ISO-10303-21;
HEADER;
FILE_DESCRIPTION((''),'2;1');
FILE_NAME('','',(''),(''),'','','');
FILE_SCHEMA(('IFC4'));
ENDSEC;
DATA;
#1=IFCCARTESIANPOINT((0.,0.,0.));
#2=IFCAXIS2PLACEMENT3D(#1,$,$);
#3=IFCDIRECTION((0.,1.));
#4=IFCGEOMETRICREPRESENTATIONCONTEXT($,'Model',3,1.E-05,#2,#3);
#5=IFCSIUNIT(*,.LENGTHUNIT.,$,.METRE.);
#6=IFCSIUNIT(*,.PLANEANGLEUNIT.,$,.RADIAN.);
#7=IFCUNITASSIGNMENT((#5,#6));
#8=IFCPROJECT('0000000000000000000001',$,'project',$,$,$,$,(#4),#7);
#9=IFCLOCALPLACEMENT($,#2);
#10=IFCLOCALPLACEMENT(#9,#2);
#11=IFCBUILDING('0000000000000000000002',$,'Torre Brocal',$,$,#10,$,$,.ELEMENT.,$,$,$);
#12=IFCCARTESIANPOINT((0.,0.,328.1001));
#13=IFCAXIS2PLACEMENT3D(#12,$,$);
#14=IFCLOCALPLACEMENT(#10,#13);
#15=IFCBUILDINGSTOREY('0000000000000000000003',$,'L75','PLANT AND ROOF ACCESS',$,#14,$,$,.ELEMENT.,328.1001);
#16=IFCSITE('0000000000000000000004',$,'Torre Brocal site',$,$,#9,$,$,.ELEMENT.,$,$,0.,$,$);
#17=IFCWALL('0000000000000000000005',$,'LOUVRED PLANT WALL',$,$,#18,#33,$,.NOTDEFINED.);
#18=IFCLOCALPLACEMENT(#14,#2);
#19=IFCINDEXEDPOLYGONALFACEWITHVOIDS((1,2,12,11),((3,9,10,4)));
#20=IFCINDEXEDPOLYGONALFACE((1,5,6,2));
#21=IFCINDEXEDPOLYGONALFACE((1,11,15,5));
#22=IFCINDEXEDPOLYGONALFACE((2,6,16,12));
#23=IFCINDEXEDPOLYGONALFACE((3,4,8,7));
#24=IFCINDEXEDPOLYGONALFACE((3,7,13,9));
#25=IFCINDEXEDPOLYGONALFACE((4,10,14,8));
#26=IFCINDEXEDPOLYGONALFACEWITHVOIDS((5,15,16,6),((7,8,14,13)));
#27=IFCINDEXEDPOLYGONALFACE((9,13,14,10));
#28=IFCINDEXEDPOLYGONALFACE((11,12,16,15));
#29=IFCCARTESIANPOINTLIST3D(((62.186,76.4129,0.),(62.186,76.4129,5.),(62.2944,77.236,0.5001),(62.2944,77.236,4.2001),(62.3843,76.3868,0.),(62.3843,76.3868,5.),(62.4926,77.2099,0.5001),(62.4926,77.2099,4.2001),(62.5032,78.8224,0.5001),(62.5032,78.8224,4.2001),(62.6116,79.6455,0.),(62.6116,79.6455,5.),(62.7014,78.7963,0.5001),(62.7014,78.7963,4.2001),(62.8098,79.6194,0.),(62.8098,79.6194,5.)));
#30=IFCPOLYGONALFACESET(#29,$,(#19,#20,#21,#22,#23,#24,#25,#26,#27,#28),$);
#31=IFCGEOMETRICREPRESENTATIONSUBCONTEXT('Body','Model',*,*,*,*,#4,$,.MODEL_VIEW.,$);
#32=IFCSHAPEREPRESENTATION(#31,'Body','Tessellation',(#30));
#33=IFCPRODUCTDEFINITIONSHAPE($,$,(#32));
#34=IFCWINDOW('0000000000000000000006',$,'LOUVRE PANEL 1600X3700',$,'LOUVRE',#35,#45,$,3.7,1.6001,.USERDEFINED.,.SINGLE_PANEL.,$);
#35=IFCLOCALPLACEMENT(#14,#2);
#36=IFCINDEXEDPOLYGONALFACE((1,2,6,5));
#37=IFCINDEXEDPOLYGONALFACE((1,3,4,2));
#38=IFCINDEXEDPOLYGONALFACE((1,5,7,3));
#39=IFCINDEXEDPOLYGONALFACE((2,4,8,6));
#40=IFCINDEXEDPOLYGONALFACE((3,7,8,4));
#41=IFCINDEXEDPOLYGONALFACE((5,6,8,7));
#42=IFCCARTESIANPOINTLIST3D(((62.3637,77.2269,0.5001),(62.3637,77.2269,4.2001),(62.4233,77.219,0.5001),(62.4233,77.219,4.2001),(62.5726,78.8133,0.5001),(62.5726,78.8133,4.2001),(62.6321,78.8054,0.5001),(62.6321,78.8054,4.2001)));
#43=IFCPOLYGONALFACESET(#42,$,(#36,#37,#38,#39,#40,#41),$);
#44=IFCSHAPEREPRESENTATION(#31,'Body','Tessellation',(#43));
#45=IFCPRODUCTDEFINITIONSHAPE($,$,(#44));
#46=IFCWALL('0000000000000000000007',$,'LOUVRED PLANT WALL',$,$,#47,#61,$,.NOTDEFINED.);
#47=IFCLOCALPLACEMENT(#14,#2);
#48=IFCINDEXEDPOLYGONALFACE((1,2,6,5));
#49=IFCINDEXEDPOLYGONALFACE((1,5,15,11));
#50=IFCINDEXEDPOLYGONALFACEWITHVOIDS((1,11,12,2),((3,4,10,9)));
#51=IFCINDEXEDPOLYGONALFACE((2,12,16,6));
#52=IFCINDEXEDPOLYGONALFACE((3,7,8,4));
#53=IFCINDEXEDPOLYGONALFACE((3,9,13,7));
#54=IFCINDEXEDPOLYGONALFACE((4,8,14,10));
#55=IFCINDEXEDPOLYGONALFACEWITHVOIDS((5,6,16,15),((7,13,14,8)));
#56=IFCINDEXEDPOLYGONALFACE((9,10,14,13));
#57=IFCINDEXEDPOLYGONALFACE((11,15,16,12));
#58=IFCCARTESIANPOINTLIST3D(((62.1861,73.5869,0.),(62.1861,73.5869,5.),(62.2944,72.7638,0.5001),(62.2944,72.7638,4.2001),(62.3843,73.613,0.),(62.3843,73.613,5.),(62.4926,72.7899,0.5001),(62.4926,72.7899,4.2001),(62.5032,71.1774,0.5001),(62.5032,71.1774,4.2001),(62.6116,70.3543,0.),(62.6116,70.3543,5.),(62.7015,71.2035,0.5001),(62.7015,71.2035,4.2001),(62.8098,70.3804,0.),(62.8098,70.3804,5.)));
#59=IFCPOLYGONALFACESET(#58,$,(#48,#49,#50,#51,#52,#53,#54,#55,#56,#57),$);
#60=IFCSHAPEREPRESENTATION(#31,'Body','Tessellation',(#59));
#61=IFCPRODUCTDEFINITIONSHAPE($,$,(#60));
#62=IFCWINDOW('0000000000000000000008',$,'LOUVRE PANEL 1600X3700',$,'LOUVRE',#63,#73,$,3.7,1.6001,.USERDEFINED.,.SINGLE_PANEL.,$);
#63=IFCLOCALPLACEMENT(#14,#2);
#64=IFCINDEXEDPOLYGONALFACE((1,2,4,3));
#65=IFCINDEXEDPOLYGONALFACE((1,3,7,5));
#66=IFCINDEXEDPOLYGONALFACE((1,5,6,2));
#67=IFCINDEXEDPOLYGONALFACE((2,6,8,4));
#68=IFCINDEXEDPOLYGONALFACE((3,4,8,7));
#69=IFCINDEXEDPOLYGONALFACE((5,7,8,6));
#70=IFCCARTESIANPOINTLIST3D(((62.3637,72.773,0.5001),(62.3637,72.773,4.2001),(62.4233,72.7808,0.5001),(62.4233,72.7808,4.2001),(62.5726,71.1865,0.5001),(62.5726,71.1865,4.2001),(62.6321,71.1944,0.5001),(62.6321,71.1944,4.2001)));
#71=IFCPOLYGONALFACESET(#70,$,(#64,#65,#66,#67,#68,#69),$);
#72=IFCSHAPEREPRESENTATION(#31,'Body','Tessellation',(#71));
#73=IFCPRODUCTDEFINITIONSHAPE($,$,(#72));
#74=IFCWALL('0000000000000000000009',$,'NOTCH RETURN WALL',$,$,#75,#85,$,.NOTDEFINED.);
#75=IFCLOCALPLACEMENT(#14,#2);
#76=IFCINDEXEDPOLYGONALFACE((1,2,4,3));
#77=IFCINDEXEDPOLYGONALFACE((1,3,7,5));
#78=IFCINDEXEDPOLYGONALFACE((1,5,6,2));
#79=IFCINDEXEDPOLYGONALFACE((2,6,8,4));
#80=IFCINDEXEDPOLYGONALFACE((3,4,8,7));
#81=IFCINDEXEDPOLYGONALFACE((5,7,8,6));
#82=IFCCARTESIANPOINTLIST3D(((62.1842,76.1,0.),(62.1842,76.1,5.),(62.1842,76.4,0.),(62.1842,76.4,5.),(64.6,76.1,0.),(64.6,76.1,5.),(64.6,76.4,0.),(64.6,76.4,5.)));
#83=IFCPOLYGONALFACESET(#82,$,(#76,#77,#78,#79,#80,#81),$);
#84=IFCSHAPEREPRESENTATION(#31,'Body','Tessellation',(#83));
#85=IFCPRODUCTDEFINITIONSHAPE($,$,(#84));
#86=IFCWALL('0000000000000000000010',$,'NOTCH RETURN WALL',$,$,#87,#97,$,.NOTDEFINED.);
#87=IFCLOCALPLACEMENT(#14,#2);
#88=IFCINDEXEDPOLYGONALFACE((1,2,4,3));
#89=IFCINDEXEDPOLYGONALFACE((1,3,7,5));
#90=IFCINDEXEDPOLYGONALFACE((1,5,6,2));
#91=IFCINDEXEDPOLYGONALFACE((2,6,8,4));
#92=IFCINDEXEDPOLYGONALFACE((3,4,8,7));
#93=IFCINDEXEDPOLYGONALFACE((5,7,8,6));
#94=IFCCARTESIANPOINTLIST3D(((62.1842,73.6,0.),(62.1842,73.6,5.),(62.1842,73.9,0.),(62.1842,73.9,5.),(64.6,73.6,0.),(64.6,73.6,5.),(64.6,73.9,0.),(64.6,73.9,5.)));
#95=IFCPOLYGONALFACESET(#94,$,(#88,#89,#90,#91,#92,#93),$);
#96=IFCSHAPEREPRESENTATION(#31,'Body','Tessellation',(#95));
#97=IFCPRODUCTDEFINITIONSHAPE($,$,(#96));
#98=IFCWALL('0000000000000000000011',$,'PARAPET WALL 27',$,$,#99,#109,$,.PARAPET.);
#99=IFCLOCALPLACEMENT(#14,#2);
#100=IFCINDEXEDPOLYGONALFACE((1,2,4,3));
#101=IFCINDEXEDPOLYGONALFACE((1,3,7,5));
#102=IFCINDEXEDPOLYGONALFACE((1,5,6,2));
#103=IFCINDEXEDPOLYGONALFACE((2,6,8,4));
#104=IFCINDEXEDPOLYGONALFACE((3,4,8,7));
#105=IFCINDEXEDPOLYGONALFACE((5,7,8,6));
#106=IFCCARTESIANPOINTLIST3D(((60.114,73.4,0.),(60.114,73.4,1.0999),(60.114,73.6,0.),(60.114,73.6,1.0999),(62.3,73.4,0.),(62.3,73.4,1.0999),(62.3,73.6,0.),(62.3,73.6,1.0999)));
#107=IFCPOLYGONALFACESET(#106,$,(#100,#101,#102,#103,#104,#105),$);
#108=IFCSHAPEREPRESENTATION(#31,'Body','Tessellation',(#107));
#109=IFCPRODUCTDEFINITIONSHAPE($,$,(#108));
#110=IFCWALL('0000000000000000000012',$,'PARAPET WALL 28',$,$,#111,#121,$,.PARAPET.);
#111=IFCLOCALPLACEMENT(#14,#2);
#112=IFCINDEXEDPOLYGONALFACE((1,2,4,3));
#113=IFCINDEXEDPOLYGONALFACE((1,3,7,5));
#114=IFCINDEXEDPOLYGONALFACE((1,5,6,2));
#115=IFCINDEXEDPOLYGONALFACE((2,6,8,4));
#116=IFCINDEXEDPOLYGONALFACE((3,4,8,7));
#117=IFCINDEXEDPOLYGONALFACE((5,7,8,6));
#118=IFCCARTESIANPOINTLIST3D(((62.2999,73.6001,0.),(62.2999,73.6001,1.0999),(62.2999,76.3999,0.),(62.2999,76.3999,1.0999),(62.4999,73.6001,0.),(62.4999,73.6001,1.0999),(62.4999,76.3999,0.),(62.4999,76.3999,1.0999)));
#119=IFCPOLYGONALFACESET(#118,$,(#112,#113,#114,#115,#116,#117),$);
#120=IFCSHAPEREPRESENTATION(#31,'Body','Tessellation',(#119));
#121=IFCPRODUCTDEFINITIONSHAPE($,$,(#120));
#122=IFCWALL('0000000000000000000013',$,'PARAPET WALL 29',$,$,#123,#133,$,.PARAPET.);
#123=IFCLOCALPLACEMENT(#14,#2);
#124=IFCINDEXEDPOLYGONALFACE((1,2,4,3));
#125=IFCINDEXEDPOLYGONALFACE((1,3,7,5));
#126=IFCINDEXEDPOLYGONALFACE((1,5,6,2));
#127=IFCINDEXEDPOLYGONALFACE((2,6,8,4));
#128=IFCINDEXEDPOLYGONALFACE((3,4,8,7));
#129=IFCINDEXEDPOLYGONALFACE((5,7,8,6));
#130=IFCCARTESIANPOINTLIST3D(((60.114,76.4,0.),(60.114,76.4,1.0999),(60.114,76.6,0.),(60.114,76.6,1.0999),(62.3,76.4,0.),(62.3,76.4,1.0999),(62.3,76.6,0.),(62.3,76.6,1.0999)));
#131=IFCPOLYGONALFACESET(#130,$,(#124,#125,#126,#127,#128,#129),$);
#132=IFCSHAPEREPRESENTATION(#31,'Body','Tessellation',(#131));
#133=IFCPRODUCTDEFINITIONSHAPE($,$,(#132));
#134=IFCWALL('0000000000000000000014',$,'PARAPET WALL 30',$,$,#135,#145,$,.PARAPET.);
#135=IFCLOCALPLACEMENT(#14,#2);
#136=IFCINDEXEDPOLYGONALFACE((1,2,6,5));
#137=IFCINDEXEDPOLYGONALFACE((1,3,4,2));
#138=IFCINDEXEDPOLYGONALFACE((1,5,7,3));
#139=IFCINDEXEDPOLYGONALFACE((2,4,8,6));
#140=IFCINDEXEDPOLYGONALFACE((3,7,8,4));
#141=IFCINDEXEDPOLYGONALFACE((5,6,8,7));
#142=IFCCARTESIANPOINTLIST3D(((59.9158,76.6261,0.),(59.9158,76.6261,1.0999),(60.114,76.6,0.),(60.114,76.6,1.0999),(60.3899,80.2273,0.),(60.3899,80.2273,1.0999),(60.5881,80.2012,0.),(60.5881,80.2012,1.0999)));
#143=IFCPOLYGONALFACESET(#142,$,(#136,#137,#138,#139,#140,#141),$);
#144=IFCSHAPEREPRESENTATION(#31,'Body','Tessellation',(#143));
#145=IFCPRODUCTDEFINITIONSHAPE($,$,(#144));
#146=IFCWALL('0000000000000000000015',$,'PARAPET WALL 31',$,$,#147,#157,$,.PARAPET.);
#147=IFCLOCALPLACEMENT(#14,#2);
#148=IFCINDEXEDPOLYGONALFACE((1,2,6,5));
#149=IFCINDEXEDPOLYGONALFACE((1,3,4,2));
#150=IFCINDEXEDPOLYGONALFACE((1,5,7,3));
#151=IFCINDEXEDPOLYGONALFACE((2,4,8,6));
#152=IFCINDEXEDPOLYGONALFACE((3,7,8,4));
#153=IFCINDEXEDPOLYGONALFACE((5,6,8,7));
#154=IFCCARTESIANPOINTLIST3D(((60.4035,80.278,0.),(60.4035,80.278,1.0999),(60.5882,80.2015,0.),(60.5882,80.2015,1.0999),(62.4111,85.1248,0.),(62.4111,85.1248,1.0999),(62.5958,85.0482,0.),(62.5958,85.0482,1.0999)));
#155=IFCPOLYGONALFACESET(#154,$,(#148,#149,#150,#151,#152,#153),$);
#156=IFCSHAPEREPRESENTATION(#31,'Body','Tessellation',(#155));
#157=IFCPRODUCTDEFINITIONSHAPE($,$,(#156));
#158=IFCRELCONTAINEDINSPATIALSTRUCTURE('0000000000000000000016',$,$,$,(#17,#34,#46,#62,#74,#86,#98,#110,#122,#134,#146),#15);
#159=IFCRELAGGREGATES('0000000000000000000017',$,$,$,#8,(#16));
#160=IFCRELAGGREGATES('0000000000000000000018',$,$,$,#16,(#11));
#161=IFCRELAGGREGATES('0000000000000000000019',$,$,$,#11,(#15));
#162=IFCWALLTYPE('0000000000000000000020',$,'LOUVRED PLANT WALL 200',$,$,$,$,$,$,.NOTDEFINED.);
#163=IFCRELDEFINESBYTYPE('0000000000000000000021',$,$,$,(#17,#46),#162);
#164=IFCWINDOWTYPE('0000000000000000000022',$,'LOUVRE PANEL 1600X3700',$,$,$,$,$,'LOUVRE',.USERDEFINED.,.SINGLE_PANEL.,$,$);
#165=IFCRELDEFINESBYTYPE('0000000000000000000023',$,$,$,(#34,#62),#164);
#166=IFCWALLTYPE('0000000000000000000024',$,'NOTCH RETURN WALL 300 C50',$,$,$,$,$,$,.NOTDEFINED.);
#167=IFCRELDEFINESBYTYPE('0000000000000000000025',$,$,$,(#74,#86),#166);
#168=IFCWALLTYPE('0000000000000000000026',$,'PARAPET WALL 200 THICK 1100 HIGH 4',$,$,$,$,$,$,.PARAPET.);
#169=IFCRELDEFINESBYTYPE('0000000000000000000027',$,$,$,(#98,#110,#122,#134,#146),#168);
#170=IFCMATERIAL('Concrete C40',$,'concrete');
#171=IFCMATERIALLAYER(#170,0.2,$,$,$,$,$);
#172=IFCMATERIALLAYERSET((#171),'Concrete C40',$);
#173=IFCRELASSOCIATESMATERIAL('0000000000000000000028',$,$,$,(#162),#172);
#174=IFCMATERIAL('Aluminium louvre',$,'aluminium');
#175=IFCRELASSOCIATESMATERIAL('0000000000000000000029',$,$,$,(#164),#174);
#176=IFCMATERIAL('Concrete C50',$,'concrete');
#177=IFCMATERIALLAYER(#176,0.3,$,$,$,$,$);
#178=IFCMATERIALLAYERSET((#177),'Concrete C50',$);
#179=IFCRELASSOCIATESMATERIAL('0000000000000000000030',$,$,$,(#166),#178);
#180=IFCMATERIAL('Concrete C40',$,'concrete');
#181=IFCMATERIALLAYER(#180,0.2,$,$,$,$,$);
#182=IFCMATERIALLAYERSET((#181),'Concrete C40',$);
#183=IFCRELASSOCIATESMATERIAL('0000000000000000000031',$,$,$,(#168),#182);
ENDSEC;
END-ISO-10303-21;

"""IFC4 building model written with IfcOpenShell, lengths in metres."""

from ifc_helpers import new_model, si_unit, direction, frame, frame_2d, origin, place, context, subcontext, project, spatial, rectangle, extrude, material, layer, layer_set, type_object, element, fill, save


model = new_model("IFC4")

# Units and contexts
model_context = context("Model", 3, precision=1e-05, world=origin(), true_north=direction((0.0, 1.0)))
body_context = subcontext(model_context, "Body", "Model", "MODEL_VIEW")
ifc_project = project(units=[si_unit("LENGTHUNIT", "METRE"), si_unit("PLANEANGLEUNIT", "RADIAN")], contexts=[model_context])

# Site, building, storey
site_placement = place(None, origin())
site = spatial("IfcSite", under=ifc_project, at=site_placement, Name="Torre Brocal site", CompositionType="ELEMENT", RefElevation=0.0)
building_placement = place(site_placement, origin())
building = spatial("IfcBuilding", under=site, at=building_placement, Name="Torre Brocal", CompositionType="ELEMENT")
storey_placement = place(building_placement, frame((0.0, 0.0, 328.1001)))
storey = spatial("IfcBuildingStorey", under=building, at=storey_placement, Name="L75", Description="PLANT AND ROOF ACCESS", CompositionType="ELEMENT", Elevation=328.1001)

# Walls, openings, windows
ifc_material_1 = material(Name="Concrete C40", Category="concrete")
ifc_layer_1 = layer(ifc_material_1, 0.2)
ifc_layer_set_1 = layer_set([ifc_layer_1], Name="Concrete C40")
wall_type_1 = type_object("IfcWallType", Name="LOUVRED PLANT WALL 200", PredefinedType="NOTDEFINED", material=ifc_layer_set_1)
wall_1_placement = place(storey_placement, frame((62.7107, 79.6326, 0.0), z_axis=(0.0, 0.0, 1.0), x_axis=(-0.130511, -0.991447, 0.0)))
wall_1 = element("IfcWall", 1, at=wall_1_placement, inside=storey, type_object=wall_type_1, Name="LOUVRED PLANT WALL", PredefinedType="NOTDEFINED", context=body_context, shape_type="SweptSolid", body=[
    extrude(rectangle(XDim=3.2605, YDim=0.2, at=frame_2d((1.6304, 0.0))), origin(), (0.0, 0.0, 1.0), 5.0),
])
opening_1_placement = place(wall_1_placement, frame((0.8303, 0.0, 0.5)))
opening_1 = element("IfcOpeningElement", 2, at=opening_1_placement, cuts=wall_1, PredefinedType="OPENING", context=body_context, shape_type="SweptSolid", body=[
    extrude(rectangle(XDim=1.6001, YDim=3.7, at=frame_2d((0.8, 1.8501))), frame((0.0, 0.1099, 0.0), z_axis=(0.0, -1.0, 0.0), x_axis=(1.0, 0.0, 0.0)), (0.0, 0.0, 1.0), 0.22),
])
ifc_material_2 = material(Name="Aluminium louvre", Category="aluminium")
window_type = type_object("IfcWindowType", Name="LOUVRE PANEL 1600X3700", ElementType="LOUVRE", PartitioningType="SINGLE_PANEL", PredefinedType="USERDEFINED", material=ifc_material_2)
window_1_placement = place(opening_1_placement, origin())
window_1 = element("IfcWindow", 3, at=window_1_placement, inside=storey, type_object=window_type, Name="LOUVRE PANEL 1600X3700", ObjectType="LOUVRE", OverallHeight=3.7, OverallWidth=1.6001, PartitioningType="SINGLE_PANEL", PredefinedType="USERDEFINED", context=body_context, shape_type="SweptSolid", body=[
    extrude(rectangle(XDim=1.6001, YDim=3.7, at=frame_2d((0.8, 1.8501))), frame((0.0, 0.03, 0.0), z_axis=(0.0, -1.0, 0.0), x_axis=(1.0, 0.0, 0.0)), (0.0, 0.0, 1.0), 0.0601),
])
fill(opening_1, window_1)
wall_2_placement = place(storey_placement, frame((62.2852, 73.6001, 0.0), z_axis=(0.0, 0.0, 1.0), x_axis=(0.130511, -0.991447, 0.0)))
wall_2 = element("IfcWall", 4, at=wall_2_placement, inside=storey, type_object=wall_type_1, Name="LOUVRED PLANT WALL", PredefinedType="NOTDEFINED", context=body_context, shape_type="SweptSolid", body=[
    extrude(rectangle(XDim=3.2605, YDim=0.2, at=frame_2d((1.6304, 0.0))), origin(), (0.0, 0.0, 1.0), 5.0),
])
opening_2_placement = place(wall_2_placement, frame((0.8303, 0.0, 0.5)))
opening_2 = element("IfcOpeningElement", 5, at=opening_2_placement, cuts=wall_2, PredefinedType="OPENING", context=body_context, shape_type="SweptSolid", body=[
    extrude(rectangle(XDim=1.6001, YDim=3.7, at=frame_2d((0.8, 1.8501))), frame((0.0, 0.1099, 0.0), z_axis=(0.0, -1.0, 0.0), x_axis=(1.0, 0.0, 0.0)), (0.0, 0.0, 1.0), 0.22),
])
window_2_placement = place(opening_2_placement, origin())
window_2 = element("IfcWindow", 6, at=window_2_placement, inside=storey, type_object=window_type, Name="LOUVRE PANEL 1600X3700", ObjectType="LOUVRE", OverallHeight=3.7, OverallWidth=1.6001, PartitioningType="SINGLE_PANEL", PredefinedType="USERDEFINED", context=body_context, shape_type="SweptSolid", body=[
    extrude(rectangle(XDim=1.6001, YDim=3.7, at=frame_2d((0.8, 1.8501))), frame((0.0, 0.03, 0.0), z_axis=(0.0, -1.0, 0.0), x_axis=(1.0, 0.0, 0.0)), (0.0, 0.0, 1.0), 0.0601),
])
fill(opening_2, window_2)

# Walls
ifc_material_3 = material(Name="Concrete C50", Category="concrete")
ifc_layer_2 = layer(ifc_material_3, 0.3)
ifc_layer_set_2 = layer_set([ifc_layer_2], Name="Concrete C50")
wall_type_2 = type_object("IfcWallType", Name="NOTCH RETURN WALL 300 C50", PredefinedType="NOTDEFINED", material=ifc_layer_set_2)
for number, where, z_axis, x_axis, name in (
    (7, (64.6001, 76.25, 0.0), (0.0, 0.0, 1.0), (-1.0, 0.0, 0.0), "NOTCH RETURN WALL"),
    (8, (64.6001, 73.75, 0.0), (0.0, 0.0, 1.0), (-1.0, 0.0, 0.0), "NOTCH RETURN WALL"),
):
    element("IfcWall", number, at=place(storey_placement, frame(where, z_axis=z_axis, x_axis=x_axis)), inside=storey, type_object=wall_type_2, Name=name, PredefinedType="NOTDEFINED", context=body_context, shape_type="SweptSolid", body=[
        extrude(rectangle(XDim=2.4158, YDim=0.3, at=frame_2d((1.208, 0.0))), origin(), (0.0, 0.0, 1.0), 5.0),
    ])
ifc_material_4 = material(Name="Concrete C40", Category="concrete")
ifc_layer_3 = layer(ifc_material_4, 0.2)
ifc_layer_set_3 = layer_set([ifc_layer_3], Name="Concrete C40")
wall_type_3 = type_object("IfcWallType", Name="PARAPET WALL 200 THICK 1100 HIGH 4", PredefinedType="PARAPET", material=ifc_layer_set_3)
wall_3_placement = place(storey_placement, frame((60.114, 73.5, 0.0), z_axis=(0.0, 0.0, 1.0), x_axis=(1.0, 0.0, 0.0)))
element("IfcWall", 9, at=wall_3_placement, inside=storey, type_object=wall_type_3, Name="PARAPET WALL 27", PredefinedType="PARAPET", context=body_context, shape_type="SweptSolid", body=[
    extrude(rectangle(XDim=2.186, YDim=0.2, at=frame_2d((1.093, 0.0))), origin(), (0.0, 0.0, 1.0), 1.0999),
])
wall_4_placement = place(storey_placement, frame((62.3999, 73.6001, 0.0), z_axis=(0.0, 0.0, 1.0), x_axis=(0.0, 1.0, 0.0)))
element("IfcWall", 10, at=wall_4_placement, inside=storey, type_object=wall_type_3, Name="PARAPET WALL 28", PredefinedType="PARAPET", context=body_context, shape_type="SweptSolid", body=[
    extrude(rectangle(XDim=2.7998, YDim=0.2, at=frame_2d((1.3999, 0.0))), origin(), (0.0, 0.0, 1.0), 1.0999),
])
wall_5_placement = place(storey_placement, frame((62.3, 76.5, 0.0), z_axis=(0.0, 0.0, 1.0), x_axis=(-1.0, 0.0, 0.0)))
element("IfcWall", 11, at=wall_5_placement, inside=storey, type_object=wall_type_3, Name="PARAPET WALL 29", PredefinedType="PARAPET", context=body_context, shape_type="SweptSolid", body=[
    extrude(rectangle(XDim=2.186, YDim=0.2, at=frame_2d((1.093, 0.0))), origin(), (0.0, 0.0, 1.0), 1.0999),
])
wall_6_placement = place(storey_placement, frame((60.0149, 76.613, 0.0), z_axis=(0.0, 0.0, 1.0), x_axis=(0.130526, 0.991445, 0.0)))
element("IfcWall", 12, at=wall_6_placement, inside=storey, type_object=wall_type_3, Name="PARAPET WALL 30", PredefinedType="PARAPET", context=body_context, shape_type="SweptSolid", body=[
    extrude(rectangle(XDim=3.6323, YDim=0.2, at=frame_2d((1.8162, 0.0))), origin(), (0.0, 0.0, 1.0), 1.0999),
])
wall_7_placement = place(storey_placement, frame((60.4958, 80.2397, 0.0), z_axis=(0.0, 0.0, 1.0), x_axis=(0.382685, 0.923879, 0.0)))
element("IfcWall", 13, at=wall_7_placement, inside=storey, type_object=wall_type_3, Name="PARAPET WALL 31", PredefinedType="PARAPET", context=body_context, shape_type="SweptSolid", body=[
    extrude(rectangle(XDim=5.2461, YDim=0.2, at=frame_2d((2.623, 0.0))), origin(), (0.0, 0.0, 1.0), 1.0999),
])

save(model, "model.ifc")
